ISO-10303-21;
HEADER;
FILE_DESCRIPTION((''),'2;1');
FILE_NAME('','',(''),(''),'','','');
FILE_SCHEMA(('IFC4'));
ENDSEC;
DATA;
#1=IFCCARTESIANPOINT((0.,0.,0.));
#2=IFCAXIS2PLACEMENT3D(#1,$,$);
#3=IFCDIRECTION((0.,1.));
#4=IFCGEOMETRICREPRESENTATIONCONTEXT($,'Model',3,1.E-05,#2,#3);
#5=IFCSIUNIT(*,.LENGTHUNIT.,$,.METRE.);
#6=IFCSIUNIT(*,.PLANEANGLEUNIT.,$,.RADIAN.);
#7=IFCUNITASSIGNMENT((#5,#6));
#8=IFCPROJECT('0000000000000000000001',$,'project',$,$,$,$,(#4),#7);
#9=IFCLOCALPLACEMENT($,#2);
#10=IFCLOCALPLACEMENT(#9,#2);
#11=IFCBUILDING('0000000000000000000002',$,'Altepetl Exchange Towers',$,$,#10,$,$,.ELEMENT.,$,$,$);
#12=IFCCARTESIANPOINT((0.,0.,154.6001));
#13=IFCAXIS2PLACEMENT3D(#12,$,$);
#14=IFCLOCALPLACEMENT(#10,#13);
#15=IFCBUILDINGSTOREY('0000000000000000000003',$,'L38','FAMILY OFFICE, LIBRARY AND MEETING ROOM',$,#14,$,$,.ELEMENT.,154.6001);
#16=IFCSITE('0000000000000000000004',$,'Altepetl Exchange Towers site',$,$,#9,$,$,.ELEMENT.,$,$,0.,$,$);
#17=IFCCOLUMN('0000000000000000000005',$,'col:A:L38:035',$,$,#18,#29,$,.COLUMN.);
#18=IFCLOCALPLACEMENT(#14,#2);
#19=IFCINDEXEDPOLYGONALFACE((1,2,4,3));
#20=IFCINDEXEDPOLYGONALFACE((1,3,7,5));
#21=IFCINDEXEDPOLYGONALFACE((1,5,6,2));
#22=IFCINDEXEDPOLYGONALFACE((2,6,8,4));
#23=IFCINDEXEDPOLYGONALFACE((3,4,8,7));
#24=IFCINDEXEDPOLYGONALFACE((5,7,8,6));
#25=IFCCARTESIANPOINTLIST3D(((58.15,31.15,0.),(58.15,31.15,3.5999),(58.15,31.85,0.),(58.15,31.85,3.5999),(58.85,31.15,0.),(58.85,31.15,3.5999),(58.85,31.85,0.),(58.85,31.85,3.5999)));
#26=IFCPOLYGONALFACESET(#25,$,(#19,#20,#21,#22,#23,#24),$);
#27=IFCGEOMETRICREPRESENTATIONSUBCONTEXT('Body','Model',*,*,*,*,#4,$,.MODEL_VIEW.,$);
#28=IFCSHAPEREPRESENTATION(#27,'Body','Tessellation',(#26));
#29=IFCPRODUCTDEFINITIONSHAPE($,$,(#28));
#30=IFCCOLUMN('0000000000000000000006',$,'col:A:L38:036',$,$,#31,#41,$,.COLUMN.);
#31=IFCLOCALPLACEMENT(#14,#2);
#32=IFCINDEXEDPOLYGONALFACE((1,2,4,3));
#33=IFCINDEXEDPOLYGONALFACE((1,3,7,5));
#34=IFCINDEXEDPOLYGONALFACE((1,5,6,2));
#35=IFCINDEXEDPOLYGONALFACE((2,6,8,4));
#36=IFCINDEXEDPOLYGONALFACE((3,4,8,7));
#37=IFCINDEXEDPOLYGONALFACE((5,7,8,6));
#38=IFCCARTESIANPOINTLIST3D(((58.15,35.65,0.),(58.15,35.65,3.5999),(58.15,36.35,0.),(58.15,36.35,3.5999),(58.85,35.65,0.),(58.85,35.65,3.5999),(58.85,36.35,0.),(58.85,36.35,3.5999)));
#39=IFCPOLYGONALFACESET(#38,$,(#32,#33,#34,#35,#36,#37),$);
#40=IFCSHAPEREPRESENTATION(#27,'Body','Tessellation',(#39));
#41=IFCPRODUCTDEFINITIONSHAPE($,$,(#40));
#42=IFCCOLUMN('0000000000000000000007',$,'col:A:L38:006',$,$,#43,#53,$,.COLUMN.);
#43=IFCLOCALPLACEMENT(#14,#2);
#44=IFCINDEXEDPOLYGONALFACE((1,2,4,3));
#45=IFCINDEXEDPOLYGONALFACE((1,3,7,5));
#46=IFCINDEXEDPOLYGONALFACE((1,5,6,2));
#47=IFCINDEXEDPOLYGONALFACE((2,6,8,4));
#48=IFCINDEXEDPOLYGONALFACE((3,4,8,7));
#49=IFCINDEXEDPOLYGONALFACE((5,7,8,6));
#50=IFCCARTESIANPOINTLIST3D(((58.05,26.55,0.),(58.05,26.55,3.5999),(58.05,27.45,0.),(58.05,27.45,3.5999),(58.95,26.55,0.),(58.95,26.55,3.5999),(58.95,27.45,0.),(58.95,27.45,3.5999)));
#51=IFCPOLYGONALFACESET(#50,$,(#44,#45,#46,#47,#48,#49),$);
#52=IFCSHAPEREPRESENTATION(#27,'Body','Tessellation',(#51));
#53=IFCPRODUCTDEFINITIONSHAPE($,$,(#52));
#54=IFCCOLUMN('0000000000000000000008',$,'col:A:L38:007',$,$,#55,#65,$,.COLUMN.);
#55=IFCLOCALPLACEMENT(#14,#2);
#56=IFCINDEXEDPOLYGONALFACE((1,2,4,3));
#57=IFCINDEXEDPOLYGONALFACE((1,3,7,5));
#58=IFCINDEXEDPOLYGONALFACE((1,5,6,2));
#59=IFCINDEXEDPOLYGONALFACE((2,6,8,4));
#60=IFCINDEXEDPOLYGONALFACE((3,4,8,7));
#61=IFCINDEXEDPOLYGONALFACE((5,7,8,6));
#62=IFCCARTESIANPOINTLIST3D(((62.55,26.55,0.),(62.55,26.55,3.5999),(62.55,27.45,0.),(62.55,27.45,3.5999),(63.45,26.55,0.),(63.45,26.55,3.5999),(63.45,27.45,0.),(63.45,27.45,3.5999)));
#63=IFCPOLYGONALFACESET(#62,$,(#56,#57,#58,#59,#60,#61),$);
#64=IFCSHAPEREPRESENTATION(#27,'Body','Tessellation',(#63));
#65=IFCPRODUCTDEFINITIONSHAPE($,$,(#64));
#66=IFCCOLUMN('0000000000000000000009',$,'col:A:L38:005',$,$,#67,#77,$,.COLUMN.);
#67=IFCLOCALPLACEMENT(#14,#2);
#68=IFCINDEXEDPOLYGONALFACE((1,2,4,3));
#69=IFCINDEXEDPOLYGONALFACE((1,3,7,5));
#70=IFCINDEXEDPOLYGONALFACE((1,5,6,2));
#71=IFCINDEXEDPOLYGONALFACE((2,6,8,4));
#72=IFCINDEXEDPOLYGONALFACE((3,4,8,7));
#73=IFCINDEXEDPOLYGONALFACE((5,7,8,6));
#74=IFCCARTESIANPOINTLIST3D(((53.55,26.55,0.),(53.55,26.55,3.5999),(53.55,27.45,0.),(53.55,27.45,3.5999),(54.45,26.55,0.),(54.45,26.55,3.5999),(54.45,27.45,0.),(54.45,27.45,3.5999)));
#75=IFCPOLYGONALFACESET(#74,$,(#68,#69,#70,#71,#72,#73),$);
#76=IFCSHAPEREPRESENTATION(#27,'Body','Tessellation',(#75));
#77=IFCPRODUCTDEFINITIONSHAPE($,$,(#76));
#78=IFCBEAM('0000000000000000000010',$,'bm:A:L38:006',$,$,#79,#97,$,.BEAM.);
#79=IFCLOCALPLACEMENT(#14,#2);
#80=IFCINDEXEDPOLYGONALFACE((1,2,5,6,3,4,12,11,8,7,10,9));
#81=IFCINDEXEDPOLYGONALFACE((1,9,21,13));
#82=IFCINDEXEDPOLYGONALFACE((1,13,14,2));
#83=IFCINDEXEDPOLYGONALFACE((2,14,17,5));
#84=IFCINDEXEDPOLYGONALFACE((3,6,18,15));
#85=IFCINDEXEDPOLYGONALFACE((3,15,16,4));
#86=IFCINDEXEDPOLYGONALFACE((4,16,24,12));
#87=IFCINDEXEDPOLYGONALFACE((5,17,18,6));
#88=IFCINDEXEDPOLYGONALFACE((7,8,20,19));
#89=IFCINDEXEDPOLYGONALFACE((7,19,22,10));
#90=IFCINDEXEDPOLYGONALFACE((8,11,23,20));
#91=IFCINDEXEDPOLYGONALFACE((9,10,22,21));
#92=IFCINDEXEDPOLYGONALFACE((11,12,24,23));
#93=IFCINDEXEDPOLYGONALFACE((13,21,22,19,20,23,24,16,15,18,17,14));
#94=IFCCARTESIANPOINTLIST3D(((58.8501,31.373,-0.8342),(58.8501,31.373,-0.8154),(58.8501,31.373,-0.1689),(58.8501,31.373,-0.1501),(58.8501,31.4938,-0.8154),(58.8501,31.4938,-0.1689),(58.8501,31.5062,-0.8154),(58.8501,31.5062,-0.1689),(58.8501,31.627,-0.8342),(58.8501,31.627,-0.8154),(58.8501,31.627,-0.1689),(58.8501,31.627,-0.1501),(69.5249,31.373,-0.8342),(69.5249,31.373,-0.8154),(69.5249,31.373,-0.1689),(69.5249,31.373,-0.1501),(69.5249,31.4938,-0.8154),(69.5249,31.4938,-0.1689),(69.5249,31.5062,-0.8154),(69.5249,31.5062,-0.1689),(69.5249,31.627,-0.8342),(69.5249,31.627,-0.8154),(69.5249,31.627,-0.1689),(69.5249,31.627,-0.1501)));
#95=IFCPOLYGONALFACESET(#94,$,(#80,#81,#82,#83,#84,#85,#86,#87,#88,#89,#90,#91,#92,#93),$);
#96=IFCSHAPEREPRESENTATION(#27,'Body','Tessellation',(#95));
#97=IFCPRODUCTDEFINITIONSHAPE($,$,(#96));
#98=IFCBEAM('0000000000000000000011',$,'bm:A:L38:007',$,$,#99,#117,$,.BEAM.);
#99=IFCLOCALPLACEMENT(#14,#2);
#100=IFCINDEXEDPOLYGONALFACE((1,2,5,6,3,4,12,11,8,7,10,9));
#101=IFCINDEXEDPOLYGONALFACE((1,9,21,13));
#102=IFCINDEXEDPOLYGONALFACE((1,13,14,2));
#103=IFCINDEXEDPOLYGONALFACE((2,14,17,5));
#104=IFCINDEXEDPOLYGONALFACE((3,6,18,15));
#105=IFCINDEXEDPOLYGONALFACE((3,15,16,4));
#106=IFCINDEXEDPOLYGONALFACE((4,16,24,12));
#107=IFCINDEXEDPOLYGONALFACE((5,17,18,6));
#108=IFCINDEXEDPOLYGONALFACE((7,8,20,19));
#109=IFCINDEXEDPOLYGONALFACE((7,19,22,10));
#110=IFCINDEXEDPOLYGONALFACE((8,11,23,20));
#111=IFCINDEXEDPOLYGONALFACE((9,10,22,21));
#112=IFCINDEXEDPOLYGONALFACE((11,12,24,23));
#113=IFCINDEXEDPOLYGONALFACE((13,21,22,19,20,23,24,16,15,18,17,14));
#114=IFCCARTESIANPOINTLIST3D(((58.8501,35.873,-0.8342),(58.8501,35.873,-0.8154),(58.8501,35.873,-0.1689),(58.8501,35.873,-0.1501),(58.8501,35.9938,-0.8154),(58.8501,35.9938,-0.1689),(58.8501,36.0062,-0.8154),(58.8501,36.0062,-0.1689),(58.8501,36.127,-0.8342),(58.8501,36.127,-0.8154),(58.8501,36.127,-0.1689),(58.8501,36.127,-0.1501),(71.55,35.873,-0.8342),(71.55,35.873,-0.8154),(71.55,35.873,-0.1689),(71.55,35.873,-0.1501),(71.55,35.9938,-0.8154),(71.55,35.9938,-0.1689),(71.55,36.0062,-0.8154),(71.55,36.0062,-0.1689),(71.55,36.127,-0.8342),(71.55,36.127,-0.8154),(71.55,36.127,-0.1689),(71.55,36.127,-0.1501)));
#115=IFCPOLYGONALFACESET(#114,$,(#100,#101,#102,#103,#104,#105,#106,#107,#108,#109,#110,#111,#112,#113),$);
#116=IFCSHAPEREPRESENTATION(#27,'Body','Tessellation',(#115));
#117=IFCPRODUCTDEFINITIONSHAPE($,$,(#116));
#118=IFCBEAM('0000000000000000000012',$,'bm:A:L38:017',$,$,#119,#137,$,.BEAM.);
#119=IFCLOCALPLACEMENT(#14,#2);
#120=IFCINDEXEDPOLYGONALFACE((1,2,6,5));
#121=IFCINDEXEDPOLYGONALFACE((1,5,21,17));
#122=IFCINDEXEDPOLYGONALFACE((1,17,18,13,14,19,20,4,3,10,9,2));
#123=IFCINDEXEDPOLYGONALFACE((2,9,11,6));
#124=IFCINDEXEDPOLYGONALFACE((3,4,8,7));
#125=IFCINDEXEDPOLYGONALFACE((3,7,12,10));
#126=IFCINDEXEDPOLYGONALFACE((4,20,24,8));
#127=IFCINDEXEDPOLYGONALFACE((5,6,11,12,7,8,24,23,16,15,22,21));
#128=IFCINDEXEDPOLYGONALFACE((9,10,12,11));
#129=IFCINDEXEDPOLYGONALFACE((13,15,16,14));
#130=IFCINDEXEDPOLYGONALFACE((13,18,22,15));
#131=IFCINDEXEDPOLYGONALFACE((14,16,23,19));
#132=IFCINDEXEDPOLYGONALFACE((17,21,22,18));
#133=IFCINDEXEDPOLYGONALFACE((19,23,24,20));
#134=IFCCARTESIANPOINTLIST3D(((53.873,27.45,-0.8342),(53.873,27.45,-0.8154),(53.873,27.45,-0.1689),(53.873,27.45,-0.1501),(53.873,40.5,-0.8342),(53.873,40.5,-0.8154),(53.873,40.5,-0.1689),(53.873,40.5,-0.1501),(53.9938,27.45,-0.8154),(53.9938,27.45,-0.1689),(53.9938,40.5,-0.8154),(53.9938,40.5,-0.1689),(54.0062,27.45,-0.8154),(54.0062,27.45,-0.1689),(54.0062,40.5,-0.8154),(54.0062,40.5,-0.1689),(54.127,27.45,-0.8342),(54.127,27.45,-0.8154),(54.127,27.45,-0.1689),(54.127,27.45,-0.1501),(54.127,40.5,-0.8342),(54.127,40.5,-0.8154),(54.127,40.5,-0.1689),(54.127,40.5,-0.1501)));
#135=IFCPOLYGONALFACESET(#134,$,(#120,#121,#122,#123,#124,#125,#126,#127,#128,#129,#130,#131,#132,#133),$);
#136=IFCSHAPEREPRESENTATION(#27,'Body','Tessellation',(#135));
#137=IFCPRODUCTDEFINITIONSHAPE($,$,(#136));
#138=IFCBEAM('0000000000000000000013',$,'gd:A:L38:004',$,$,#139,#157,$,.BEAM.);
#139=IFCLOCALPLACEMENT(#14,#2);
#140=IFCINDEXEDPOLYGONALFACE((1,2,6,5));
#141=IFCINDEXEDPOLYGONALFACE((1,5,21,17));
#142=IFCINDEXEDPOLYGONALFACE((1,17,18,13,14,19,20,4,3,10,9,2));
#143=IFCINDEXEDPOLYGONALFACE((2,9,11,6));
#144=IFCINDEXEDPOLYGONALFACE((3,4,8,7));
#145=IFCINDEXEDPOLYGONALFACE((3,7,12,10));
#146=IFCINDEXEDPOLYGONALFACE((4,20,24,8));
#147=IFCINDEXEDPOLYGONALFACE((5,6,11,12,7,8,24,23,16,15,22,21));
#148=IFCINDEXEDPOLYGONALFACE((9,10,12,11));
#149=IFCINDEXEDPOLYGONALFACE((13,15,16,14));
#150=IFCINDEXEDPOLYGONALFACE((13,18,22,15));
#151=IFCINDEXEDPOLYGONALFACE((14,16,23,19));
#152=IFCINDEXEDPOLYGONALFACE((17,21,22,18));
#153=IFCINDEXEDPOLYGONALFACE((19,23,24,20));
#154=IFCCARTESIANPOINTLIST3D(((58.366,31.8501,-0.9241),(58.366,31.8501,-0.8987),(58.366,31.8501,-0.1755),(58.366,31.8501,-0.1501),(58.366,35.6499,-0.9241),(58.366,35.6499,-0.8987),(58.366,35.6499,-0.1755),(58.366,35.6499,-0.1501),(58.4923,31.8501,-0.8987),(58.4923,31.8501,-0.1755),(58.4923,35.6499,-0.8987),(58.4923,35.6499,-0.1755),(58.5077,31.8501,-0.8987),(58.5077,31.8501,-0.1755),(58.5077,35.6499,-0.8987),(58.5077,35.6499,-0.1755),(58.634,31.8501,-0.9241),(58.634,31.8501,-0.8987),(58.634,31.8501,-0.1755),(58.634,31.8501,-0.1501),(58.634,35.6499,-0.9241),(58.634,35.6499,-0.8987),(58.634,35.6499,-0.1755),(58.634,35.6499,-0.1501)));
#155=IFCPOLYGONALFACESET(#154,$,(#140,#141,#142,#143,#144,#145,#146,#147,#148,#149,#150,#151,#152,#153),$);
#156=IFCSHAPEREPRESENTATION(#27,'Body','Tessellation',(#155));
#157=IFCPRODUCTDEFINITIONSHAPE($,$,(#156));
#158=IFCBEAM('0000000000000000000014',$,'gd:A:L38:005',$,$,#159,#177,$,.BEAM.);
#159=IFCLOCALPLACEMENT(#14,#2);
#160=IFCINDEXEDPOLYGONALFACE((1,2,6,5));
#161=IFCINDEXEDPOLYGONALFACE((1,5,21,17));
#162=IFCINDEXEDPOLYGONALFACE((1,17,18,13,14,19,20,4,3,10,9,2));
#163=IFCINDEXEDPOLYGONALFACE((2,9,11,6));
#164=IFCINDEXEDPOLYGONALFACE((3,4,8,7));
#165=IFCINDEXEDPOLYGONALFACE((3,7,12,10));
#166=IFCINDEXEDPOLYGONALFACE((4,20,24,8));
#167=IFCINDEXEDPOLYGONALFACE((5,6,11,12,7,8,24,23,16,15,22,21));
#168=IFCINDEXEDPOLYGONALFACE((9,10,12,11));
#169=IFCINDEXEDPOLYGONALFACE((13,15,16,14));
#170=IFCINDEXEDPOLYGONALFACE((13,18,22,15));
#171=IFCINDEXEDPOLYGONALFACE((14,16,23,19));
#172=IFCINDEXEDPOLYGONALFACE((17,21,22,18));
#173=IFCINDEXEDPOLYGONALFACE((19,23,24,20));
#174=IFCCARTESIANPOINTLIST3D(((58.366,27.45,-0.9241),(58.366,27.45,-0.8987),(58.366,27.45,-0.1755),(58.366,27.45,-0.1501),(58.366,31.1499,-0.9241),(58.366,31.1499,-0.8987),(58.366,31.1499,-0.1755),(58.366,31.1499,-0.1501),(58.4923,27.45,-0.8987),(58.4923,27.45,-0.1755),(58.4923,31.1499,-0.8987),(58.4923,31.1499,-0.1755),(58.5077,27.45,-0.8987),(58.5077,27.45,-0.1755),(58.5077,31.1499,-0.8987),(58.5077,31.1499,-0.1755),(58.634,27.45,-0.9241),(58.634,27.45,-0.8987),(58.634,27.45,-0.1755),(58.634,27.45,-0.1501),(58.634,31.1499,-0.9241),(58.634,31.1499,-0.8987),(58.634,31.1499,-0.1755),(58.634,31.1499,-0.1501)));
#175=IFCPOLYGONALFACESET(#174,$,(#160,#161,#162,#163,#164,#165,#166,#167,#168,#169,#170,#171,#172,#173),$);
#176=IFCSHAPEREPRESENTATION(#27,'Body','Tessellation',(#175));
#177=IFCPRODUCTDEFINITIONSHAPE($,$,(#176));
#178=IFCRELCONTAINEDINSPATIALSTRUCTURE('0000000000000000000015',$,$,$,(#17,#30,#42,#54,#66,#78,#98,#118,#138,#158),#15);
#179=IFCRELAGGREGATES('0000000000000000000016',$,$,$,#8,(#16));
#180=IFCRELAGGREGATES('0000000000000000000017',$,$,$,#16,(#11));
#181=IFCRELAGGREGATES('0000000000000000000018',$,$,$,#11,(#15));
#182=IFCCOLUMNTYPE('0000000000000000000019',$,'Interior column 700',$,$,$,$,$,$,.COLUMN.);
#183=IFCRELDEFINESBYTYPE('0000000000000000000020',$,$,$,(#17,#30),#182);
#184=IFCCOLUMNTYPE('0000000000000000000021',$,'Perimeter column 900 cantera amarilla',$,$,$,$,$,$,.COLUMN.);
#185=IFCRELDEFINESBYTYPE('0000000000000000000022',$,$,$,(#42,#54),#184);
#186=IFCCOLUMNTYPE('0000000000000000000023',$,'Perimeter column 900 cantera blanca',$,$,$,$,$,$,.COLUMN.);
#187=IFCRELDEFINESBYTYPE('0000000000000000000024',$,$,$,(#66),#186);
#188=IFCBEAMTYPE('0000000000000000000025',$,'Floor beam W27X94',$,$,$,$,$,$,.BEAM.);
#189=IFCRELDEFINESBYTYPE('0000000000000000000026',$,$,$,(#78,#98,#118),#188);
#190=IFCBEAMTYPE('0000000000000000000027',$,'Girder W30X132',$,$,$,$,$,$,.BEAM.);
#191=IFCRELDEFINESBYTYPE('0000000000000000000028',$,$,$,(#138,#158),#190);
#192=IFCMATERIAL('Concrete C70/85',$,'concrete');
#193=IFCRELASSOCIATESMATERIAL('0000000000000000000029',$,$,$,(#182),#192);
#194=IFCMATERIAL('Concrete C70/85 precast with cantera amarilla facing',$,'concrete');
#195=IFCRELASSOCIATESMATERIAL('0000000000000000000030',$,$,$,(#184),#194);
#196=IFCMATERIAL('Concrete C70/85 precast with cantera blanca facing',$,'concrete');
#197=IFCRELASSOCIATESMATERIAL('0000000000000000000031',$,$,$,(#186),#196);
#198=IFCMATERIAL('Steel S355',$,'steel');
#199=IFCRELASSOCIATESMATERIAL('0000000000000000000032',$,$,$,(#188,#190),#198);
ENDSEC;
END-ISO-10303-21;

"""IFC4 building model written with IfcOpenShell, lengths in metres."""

from ifc_helpers import new_model, si_unit, direction, frame, origin, origin_2d, place, context, subcontext, project, spatial, rectangle, i_section, extrude, material, material_profile, profile_set, type_object, element, save


model = new_model("IFC4")

# Units and contexts
model_context = context("Model", 3, precision=1e-05, world=origin(), true_north=direction((0.0, 1.0)))
body_context = subcontext(model_context, "Body", "Model", "MODEL_VIEW")
ifc_project = project(units=[si_unit("LENGTHUNIT", "METRE"), si_unit("PLANEANGLEUNIT", "RADIAN")], contexts=[model_context])

# Site, building, storey
site_placement = place(None, origin())
site = spatial("IfcSite", under=ifc_project, at=site_placement, Name="Altepetl Exchange Towers site", CompositionType="ELEMENT", RefElevation=0.0)
building_placement = place(site_placement, origin())
building = spatial("IfcBuilding", under=site, at=building_placement, Name="Altepetl Exchange Towers", CompositionType="ELEMENT")
storey_placement = place(building_placement, frame((0.0, 0.0, 154.6001)))
storey = spatial("IfcBuildingStorey", under=building, at=storey_placement, Name="L38", Description="FAMILY OFFICE, LIBRARY AND MEETING ROOM", CompositionType="ELEMENT", Elevation=154.6001)

# Columns
ifc_material_1 = material(Name="Concrete C70/85", Category="concrete")
ifc_material_profile_1 = material_profile(ifc_material_1, rectangle(XDim=0.7, YDim=0.7, at=origin_2d()), Name="700 x 700")
ifc_profile_set_1 = profile_set([ifc_material_profile_1], Name="Concrete C70/85")
column_type_1 = type_object("IfcColumnType", Name="Interior column 700", PredefinedType="COLUMN", material=ifc_profile_set_1)
for number, where, name in (
    (1, (58.5, 31.5, 0.0), "col:A:L38:035"),
    (2, (58.5, 36.0, 0.0), "col:A:L38:036"),
):
    element("IfcColumn", number, at=place(storey_placement, frame(where)), inside=storey, type_object=column_type_1, Name=name, PredefinedType="COLUMN", context=body_context, shape_type="SweptSolid", body=[
        extrude(rectangle(XDim=0.7, YDim=0.7, at=origin_2d()), origin(), (0.0, 0.0, 1.0), 3.5999),
    ])
ifc_material_2 = material(Name="Concrete C70/85 precast with cantera amarilla facing", Category="concrete")
ifc_material_profile_2 = material_profile(ifc_material_2, rectangle(XDim=0.8999, YDim=0.8999, at=origin_2d()), Name="900 x 900")
ifc_profile_set_2 = profile_set([ifc_material_profile_2], Name="Concrete C70/85 precast with cantera amarilla facing")
column_type_2 = type_object("IfcColumnType", Name="Perimeter column 900 cantera amarilla", PredefinedType="COLUMN", material=ifc_profile_set_2)
for number, where, name in (
    (3, (58.5, 27.0, 0.0), "col:A:L38:006"),
    (4, (63.0, 27.0, 0.0), "col:A:L38:007"),
):
    element("IfcColumn", number, at=place(storey_placement, frame(where)), inside=storey, type_object=column_type_2, Name=name, PredefinedType="COLUMN", context=body_context, shape_type="SweptSolid", body=[
        extrude(rectangle(XDim=0.8999, YDim=0.8999, at=origin_2d()), origin(), (0.0, 0.0, 1.0), 3.5999),
    ])
ifc_material_3 = material(Name="Concrete C70/85 precast with cantera blanca facing", Category="concrete")
ifc_material_profile_3 = material_profile(ifc_material_3, rectangle(XDim=0.8999, YDim=0.8999, at=origin_2d()), Name="900 x 900")
ifc_profile_set_3 = profile_set([ifc_material_profile_3], Name="Concrete C70/85 precast with cantera blanca facing")
column_type_3 = type_object("IfcColumnType", Name="Perimeter column 900 cantera blanca", PredefinedType="COLUMN", material=ifc_profile_set_3)
column_placement = place(storey_placement, frame((54.0, 27.0, 0.0)))
element("IfcColumn", 5, at=column_placement, inside=storey, type_object=column_type_3, Name="col:A:L38:005", PredefinedType="COLUMN", context=body_context, shape_type="SweptSolid", body=[
    extrude(rectangle(XDim=0.8999, YDim=0.8999, at=origin_2d()), origin(), (0.0, 0.0, 1.0), 3.5999),
])

# Beams
ifc_material_4 = material(Name="Steel S355", Category="steel")
ifc_material_profile_4 = material_profile(ifc_material_4, i_section(OverallWidth=0.2539, OverallDepth=0.6841, WebThickness=0.0125, FlangeThickness=0.0188, at=origin_2d()), Name="W27X94")
ifc_profile_set_4 = profile_set([ifc_material_profile_4], Name="Steel S355")
beam_type_1 = type_object("IfcBeamType", Name="Floor beam W27X94", PredefinedType="BEAM", material=ifc_profile_set_4)
beam_1_placement = place(storey_placement, frame((58.8501, 31.5, -0.4922), z_axis=(1.0, 0.0, 0.0), x_axis=(0.0, 1.0, 0.0)))
element("IfcBeam", 6, at=beam_1_placement, inside=storey, type_object=beam_type_1, Name="bm:A:L38:006", PredefinedType="BEAM", context=body_context, shape_type="SweptSolid", body=[
    extrude(i_section(OverallWidth=0.2539, OverallDepth=0.6841, WebThickness=0.0125, FlangeThickness=0.0188, at=origin_2d()), origin(), (0.0, 0.0, 1.0), 10.6748),
])
beam_2_placement = place(storey_placement, frame((58.8501, 36.0, -0.4922), z_axis=(1.0, 0.0, 0.0), x_axis=(0.0, 1.0, 0.0)))
element("IfcBeam", 7, at=beam_2_placement, inside=storey, type_object=beam_type_1, Name="bm:A:L38:007", PredefinedType="BEAM", context=body_context, shape_type="SweptSolid", body=[
    extrude(i_section(OverallWidth=0.2539, OverallDepth=0.6841, WebThickness=0.0125, FlangeThickness=0.0188, at=origin_2d()), origin(), (0.0, 0.0, 1.0), 12.7),
])
beam_3_placement = place(storey_placement, frame((54.0, 27.45, -0.4922), z_axis=(0.0, 1.0, 0.0), x_axis=(-1.0, 0.0, 0.0)))
element("IfcBeam", 8, at=beam_3_placement, inside=storey, type_object=beam_type_1, Name="bm:A:L38:017", PredefinedType="BEAM", context=body_context, shape_type="SweptSolid", body=[
    extrude(i_section(OverallWidth=0.2539, OverallDepth=0.6841, WebThickness=0.0125, FlangeThickness=0.0188, at=origin_2d()), origin(), (0.0, 0.0, 1.0), 13.05),
])
ifc_material_profile_5 = material_profile(ifc_material_4, i_section(OverallWidth=0.2681, OverallDepth=0.7739, WebThickness=0.0154, FlangeThickness=0.0254, at=origin_2d()), Name="W30X132")
ifc_profile_set_5 = profile_set([ifc_material_profile_5], Name="Steel S355")
beam_type_2 = type_object("IfcBeamType", Name="Girder W30X132", PredefinedType="BEAM", material=ifc_profile_set_5)
beam_4_placement = place(storey_placement, frame((58.5, 35.6499, -0.5371), z_axis=(0.0, -1.0, 0.0), x_axis=(1.0, 0.0, 0.0)))
element("IfcBeam", 9, at=beam_4_placement, inside=storey, type_object=beam_type_2, Name="gd:A:L38:004", PredefinedType="BEAM", context=body_context, shape_type="SweptSolid", body=[
    extrude(i_section(OverallWidth=0.2681, OverallDepth=0.7739, WebThickness=0.0154, FlangeThickness=0.0254, at=origin_2d()), origin(), (0.0, 0.0, 1.0), 3.7998),
])
beam_5_placement = place(storey_placement, frame((58.5, 31.1499, -0.5371), z_axis=(0.0, -1.0, 0.0), x_axis=(1.0, 0.0, 0.0)))
element("IfcBeam", 10, at=beam_5_placement, inside=storey, type_object=beam_type_2, Name="gd:A:L38:005", PredefinedType="BEAM", context=body_context, shape_type="SweptSolid", body=[
    extrude(i_section(OverallWidth=0.2681, OverallDepth=0.7739, WebThickness=0.0154, FlangeThickness=0.0254, at=origin_2d()), origin(), (0.0, 0.0, 1.0), 3.7),
])

save(model, "model.ifc")
